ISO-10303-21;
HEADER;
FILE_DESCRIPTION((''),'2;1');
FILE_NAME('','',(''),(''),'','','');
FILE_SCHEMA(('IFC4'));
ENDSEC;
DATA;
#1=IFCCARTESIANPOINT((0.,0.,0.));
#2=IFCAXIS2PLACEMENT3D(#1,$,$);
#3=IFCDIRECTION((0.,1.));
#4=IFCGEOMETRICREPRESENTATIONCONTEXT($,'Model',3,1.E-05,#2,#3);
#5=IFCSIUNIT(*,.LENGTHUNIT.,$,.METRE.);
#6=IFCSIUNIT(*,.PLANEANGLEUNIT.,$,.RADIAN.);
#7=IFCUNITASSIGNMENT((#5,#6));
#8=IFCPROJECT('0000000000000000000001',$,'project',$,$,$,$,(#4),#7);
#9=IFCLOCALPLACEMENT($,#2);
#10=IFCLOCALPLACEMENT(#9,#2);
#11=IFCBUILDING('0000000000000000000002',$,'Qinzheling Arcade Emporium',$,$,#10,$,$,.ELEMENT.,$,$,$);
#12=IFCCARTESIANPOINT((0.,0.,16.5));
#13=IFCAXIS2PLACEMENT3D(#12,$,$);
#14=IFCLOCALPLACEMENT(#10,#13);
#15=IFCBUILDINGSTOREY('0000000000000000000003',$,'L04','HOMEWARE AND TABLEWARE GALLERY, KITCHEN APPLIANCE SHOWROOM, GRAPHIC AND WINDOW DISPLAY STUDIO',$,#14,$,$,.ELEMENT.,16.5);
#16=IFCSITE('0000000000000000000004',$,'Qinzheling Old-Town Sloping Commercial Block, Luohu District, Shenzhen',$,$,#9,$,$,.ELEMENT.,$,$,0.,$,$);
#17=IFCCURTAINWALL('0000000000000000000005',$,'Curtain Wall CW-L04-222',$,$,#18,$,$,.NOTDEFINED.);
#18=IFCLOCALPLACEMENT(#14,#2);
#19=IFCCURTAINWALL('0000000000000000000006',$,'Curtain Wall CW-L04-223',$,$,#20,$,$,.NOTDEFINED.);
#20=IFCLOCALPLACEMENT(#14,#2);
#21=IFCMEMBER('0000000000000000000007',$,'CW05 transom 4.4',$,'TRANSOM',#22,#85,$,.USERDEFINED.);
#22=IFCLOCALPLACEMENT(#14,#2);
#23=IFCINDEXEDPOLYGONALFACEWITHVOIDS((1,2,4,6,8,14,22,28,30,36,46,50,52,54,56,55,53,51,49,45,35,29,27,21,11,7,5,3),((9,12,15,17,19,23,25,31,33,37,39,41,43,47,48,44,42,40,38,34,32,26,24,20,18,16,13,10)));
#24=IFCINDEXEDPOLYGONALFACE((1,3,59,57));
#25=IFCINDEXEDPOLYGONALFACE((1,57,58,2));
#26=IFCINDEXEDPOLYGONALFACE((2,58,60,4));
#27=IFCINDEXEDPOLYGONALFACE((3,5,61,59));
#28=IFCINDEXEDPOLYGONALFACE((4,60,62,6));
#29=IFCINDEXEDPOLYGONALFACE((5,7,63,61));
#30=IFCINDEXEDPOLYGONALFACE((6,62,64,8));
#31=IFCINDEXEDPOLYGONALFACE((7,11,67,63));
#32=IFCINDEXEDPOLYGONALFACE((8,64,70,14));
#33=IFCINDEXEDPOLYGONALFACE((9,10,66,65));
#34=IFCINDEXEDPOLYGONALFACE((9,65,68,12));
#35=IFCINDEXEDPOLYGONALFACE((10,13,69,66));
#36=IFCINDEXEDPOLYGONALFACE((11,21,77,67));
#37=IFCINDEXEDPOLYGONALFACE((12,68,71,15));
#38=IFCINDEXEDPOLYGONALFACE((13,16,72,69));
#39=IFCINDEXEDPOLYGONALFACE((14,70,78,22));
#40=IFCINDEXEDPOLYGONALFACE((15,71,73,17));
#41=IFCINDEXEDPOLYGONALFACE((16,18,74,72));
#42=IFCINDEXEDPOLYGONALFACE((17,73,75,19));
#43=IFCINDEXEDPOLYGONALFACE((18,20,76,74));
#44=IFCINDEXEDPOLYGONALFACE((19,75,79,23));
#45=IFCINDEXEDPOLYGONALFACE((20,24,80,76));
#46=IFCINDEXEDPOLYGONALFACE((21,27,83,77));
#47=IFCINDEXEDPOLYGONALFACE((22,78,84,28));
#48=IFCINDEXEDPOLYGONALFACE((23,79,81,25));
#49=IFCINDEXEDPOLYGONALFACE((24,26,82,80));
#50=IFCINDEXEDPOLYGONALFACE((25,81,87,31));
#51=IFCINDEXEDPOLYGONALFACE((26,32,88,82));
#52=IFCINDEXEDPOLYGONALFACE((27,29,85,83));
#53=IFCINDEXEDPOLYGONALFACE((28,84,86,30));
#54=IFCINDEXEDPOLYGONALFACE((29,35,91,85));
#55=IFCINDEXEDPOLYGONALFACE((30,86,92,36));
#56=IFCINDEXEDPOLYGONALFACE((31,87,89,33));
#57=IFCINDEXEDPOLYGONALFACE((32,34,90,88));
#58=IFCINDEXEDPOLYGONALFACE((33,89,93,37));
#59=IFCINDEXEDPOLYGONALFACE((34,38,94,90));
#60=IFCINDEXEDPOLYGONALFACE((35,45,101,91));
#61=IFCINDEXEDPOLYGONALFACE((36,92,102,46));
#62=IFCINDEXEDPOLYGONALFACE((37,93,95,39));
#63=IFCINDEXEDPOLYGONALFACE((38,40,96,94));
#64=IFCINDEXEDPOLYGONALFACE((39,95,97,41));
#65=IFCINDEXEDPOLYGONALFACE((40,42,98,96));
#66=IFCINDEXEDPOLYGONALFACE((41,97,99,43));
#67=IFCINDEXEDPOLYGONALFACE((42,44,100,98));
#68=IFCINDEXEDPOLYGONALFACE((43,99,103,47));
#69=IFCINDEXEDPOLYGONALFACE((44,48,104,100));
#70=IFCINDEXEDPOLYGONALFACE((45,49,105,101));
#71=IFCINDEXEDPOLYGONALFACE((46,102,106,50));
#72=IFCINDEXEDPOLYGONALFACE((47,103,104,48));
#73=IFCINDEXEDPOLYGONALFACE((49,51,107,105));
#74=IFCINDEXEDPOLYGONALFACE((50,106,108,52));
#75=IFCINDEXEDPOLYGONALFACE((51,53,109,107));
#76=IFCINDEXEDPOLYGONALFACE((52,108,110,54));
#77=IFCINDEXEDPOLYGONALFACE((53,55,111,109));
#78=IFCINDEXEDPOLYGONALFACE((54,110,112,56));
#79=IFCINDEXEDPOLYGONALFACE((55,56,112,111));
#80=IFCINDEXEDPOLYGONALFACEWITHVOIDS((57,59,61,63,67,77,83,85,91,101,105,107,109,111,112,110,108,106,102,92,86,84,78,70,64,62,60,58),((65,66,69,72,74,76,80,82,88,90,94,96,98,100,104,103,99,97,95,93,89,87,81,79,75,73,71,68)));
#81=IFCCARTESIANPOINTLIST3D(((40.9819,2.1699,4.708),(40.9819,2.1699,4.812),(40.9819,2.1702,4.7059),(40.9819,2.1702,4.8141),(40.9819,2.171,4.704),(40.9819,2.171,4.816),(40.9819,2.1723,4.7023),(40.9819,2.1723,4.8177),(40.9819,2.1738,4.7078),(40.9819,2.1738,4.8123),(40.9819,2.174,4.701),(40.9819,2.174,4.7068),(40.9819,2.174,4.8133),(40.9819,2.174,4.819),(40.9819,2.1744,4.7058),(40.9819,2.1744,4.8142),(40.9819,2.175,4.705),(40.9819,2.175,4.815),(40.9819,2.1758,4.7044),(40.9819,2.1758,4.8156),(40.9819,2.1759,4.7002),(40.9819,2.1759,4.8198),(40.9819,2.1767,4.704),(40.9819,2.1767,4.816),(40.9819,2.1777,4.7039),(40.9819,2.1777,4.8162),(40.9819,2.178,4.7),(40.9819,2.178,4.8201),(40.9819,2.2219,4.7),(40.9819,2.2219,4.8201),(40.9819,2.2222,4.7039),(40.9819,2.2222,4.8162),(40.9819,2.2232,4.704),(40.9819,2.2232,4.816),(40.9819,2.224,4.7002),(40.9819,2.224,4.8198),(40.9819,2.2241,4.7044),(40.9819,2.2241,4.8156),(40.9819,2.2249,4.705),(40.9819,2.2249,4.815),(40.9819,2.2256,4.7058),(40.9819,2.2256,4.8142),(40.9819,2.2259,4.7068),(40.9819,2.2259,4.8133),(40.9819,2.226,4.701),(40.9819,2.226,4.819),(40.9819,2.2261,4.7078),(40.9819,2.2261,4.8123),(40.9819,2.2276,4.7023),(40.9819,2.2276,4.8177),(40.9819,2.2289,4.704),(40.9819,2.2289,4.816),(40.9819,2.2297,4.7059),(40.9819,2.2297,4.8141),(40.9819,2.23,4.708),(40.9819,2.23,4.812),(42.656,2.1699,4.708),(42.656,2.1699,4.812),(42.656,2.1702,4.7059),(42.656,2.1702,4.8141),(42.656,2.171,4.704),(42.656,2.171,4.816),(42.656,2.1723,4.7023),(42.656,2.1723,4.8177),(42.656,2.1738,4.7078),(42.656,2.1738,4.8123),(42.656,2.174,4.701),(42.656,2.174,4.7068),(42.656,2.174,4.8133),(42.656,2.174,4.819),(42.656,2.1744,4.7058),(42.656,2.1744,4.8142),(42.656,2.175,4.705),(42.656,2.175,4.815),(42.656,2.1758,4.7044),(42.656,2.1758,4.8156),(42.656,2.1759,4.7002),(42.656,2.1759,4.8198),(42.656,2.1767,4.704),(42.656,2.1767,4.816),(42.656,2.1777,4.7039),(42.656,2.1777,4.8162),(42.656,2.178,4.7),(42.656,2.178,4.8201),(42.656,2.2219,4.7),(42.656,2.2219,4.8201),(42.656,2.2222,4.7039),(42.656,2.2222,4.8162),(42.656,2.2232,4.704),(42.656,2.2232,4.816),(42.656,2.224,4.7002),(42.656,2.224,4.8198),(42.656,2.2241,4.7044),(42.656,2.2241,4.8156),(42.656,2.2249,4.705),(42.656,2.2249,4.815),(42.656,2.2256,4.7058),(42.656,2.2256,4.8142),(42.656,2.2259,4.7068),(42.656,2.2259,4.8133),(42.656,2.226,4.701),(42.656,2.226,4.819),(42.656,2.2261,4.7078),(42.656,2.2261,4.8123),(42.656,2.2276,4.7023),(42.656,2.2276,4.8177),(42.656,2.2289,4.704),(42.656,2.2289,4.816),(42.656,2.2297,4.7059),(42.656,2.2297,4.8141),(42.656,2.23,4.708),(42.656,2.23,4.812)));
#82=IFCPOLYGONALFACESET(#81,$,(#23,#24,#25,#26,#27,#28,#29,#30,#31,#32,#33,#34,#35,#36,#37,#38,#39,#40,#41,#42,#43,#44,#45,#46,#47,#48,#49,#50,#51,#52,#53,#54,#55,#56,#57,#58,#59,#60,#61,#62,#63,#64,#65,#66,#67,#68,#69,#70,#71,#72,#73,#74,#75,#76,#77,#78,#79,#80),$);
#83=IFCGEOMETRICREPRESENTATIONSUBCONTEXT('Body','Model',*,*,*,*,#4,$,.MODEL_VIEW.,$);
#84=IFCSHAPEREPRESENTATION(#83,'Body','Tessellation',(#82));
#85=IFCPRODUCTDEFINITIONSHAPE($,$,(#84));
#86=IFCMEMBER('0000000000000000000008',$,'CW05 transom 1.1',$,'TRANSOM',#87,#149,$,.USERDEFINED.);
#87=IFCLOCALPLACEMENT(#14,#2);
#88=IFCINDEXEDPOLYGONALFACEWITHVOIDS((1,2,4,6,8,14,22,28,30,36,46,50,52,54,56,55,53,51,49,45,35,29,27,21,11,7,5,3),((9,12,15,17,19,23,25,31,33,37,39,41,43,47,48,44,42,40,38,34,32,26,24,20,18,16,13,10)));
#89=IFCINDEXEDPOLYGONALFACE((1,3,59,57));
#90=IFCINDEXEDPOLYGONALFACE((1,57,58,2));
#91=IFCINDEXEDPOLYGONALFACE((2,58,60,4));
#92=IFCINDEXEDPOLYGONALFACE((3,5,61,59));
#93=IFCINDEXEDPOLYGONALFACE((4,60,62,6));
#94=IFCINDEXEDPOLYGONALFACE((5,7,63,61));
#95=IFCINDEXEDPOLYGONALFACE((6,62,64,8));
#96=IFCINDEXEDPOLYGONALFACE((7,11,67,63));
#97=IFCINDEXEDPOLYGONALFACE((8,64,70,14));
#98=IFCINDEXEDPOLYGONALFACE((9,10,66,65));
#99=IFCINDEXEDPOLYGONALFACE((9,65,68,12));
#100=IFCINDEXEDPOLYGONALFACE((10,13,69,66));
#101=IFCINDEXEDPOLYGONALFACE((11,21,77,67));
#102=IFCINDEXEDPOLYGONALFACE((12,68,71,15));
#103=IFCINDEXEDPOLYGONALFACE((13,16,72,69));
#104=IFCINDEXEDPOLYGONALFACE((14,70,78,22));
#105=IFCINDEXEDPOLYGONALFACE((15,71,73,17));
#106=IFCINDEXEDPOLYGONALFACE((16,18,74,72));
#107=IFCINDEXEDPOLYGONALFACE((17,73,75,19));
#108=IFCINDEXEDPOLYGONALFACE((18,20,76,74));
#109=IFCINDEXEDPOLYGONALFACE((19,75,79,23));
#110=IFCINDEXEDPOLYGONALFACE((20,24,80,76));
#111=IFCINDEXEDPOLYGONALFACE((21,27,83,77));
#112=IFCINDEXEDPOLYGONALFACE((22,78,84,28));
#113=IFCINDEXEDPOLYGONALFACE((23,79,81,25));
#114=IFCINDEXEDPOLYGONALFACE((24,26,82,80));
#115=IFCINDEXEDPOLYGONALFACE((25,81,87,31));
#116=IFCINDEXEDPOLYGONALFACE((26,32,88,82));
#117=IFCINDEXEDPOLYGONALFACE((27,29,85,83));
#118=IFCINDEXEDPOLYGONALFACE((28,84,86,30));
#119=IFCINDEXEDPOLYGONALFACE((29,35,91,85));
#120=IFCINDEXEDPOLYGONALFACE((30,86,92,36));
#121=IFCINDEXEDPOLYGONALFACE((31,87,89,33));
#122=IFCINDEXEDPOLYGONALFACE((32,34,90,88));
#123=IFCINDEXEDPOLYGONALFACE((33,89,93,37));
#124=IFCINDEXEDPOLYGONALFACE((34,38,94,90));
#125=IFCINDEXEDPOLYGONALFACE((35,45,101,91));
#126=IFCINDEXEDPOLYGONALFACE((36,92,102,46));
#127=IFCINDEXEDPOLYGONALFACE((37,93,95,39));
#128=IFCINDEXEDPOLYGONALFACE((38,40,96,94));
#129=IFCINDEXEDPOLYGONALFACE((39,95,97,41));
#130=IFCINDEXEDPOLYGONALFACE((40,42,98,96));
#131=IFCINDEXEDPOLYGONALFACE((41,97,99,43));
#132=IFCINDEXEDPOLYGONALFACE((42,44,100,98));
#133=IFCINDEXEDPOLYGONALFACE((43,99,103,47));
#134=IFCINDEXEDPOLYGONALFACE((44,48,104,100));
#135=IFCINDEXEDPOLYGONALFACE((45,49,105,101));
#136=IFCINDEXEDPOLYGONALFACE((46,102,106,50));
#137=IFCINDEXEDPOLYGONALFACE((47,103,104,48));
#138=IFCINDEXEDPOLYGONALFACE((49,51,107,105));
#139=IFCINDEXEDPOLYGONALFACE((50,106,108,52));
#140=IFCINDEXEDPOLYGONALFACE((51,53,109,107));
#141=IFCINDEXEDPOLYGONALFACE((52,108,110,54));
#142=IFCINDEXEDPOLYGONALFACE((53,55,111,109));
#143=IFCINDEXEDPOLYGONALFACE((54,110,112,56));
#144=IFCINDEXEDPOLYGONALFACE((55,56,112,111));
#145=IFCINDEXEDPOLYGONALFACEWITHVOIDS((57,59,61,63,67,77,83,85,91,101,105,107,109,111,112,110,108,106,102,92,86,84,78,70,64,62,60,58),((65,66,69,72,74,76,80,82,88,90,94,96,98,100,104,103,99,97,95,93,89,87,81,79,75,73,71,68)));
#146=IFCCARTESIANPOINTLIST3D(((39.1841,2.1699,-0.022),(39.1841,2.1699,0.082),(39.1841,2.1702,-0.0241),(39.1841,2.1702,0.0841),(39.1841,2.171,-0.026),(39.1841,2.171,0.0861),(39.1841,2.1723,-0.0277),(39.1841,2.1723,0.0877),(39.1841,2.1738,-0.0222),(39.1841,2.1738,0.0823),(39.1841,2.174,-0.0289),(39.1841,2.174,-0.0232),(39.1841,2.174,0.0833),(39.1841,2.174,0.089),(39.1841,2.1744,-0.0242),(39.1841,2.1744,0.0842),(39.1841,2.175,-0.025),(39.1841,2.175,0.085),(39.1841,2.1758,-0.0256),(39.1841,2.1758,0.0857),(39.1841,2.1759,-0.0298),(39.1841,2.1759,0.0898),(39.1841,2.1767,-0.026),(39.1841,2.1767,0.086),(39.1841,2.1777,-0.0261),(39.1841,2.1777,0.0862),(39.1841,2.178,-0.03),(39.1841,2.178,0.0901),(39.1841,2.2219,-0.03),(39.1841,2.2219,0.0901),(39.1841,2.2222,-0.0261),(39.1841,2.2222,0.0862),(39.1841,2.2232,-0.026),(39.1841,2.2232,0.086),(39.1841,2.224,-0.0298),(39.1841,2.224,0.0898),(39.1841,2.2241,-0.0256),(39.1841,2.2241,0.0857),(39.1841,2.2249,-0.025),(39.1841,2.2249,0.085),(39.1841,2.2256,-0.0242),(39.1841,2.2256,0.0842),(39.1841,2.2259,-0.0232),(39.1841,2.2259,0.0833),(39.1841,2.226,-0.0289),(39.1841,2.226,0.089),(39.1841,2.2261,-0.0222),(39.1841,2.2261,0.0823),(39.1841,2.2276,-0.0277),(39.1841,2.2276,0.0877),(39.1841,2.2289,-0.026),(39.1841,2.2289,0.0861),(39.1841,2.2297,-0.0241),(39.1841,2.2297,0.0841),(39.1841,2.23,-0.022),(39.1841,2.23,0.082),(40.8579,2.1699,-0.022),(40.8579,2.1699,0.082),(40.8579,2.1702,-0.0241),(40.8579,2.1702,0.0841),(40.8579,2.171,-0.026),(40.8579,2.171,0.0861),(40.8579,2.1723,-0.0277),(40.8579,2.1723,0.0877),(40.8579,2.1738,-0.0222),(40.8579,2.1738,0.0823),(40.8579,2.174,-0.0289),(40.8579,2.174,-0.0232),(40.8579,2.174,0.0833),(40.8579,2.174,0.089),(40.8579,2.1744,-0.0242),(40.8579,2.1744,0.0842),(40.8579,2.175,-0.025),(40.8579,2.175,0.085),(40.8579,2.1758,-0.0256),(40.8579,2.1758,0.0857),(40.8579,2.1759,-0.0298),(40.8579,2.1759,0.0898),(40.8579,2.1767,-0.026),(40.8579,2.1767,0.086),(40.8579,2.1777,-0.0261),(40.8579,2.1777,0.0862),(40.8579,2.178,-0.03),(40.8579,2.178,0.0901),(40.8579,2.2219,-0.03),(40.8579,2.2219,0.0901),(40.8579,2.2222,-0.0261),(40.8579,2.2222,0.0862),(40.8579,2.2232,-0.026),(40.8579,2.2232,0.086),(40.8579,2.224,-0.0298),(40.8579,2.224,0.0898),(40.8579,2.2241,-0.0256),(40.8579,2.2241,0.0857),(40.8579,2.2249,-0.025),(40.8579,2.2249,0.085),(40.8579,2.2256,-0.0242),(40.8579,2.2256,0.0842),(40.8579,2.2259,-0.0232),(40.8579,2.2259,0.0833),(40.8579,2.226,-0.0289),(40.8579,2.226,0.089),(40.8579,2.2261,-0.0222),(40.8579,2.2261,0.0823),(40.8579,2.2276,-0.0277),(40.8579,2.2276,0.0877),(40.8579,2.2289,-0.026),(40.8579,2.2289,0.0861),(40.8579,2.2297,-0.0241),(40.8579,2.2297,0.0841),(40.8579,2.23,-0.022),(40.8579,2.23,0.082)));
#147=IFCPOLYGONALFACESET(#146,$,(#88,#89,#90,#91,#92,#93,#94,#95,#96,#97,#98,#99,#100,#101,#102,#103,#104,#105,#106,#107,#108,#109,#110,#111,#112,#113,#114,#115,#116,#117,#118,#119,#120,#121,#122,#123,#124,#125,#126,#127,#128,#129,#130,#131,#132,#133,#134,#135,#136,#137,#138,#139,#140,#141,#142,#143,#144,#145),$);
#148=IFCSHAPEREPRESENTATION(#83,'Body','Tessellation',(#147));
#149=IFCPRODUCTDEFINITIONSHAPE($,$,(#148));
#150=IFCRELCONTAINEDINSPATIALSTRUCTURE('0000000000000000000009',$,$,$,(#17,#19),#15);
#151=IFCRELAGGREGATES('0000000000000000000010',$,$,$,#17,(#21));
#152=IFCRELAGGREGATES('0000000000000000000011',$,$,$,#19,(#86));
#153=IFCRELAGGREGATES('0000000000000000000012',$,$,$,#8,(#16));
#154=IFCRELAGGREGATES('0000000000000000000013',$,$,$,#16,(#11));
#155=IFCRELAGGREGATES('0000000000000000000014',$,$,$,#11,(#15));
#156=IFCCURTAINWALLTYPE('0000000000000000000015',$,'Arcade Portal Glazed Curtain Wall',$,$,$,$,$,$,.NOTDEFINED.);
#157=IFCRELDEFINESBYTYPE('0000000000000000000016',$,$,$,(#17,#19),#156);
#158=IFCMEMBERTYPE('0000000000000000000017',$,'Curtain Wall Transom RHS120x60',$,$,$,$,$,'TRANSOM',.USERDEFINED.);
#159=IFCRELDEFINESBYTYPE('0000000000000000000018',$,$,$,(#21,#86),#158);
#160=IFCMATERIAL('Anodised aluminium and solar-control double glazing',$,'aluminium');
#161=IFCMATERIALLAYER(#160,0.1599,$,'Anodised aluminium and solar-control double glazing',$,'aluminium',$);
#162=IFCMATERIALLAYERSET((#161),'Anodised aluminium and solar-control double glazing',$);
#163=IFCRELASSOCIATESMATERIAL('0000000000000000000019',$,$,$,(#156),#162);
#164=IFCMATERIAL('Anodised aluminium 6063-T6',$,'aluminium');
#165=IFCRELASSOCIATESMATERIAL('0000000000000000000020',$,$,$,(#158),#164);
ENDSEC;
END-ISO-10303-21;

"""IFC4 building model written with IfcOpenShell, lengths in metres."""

from ifc_helpers import new_model, si_unit, direction, frame, origin, origin_2d, place, context, subcontext, project, spatial, hollow_rectangle, extrude, material, layer, layer_set, material_profile, profile_set, type_object, element, aggregate, save


model = new_model("IFC4")

# Units and contexts
model_context = context("Model", 3, precision=1e-05, world=origin(), true_north=direction((0.0, 1.0)))
body_context = subcontext(model_context, "Body", "Model", "MODEL_VIEW")
ifc_project = project(units=[si_unit("LENGTHUNIT", "METRE"), si_unit("PLANEANGLEUNIT", "RADIAN")], contexts=[model_context])

# Site, building, storey
site_placement = place(None, origin())
site = spatial("IfcSite", under=ifc_project, at=site_placement, Name="Qinzheling Old-Town Sloping Commercial Block, Luohu District, Shenzhen", CompositionType="ELEMENT", RefElevation=0.0)
building_placement = place(site_placement, origin())
building = spatial("IfcBuilding", under=site, at=building_placement, Name="Qinzheling Arcade Emporium", CompositionType="ELEMENT")
storey_placement = place(building_placement, frame((0.0, 0.0, 16.5)))
storey = spatial("IfcBuildingStorey", under=building, at=storey_placement, Name="L04", Description="HOMEWARE AND TABLEWARE GALLERY, KITCHEN APPLIANCE SHOWROOM, GRAPHIC AND WINDOW DISPLAY STUDIO", CompositionType="ELEMENT", Elevation=16.5)

# Curtain walls
ifc_material_1 = material(Name="Anodised aluminium and solar-control double glazing", Category="aluminium")
ifc_layer_1 = layer(ifc_material_1, 0.1599, Name="Anodised aluminium and solar-control double glazing", Category="aluminium")
ifc_layer_set_1 = layer_set([ifc_layer_1], Name="Anodised aluminium and solar-control double glazing")
curtain_wall_type = type_object("IfcCurtainWallType", Name="Arcade Portal Glazed Curtain Wall", PredefinedType="NOTDEFINED", material=ifc_layer_set_1)
curtain_wall_1_placement = place(storey_placement, origin())
curtain_wall_1 = element("IfcCurtainWall", 1, at=curtain_wall_1_placement, inside=storey, type_object=curtain_wall_type, Name="Curtain Wall CW-L04-222", PredefinedType="NOTDEFINED")
ifc_material_2 = material(Name="Anodised aluminium 6063-T6", Category="aluminium")
curtain_wall_2_placement = place(storey_placement, origin())
curtain_wall_2 = element("IfcCurtainWall", 2, at=curtain_wall_2_placement, inside=storey, type_object=curtain_wall_type, Name="Curtain Wall CW-L04-223", PredefinedType="NOTDEFINED")

# Members
ifc_material_profile_1 = material_profile(ifc_material_2, hollow_rectangle(XDim=0.0601, YDim=0.1201, WallThickness=0.0039, InnerFilletRadius=0.0039, OuterFilletRadius=0.0081, at=origin_2d()), Name="RHS 120x60x4", Category="aluminium")
ifc_profile_set_1 = profile_set([ifc_material_profile_1], Name="Anodised aluminium 6063-T6")
member_type_1 = type_object("IfcMemberType", Name="Curtain Wall Transom RHS120x60", ElementType="TRANSOM", PredefinedType="USERDEFINED", material=ifc_profile_set_1)
member_1_placement = place(storey_placement, frame((42.656, 2.2, 4.76), z_axis=(-1.0, 0.0, 0.0), x_axis=(0.0, -1.0, 0.0)))
member_1 = element("IfcMember", 3, at=member_1_placement, type_object=member_type_1, Name="CW05 transom 4.4", ObjectType="TRANSOM", PredefinedType="USERDEFINED", context=body_context, shape_type="SweptSolid", body=[
    extrude(hollow_rectangle(XDim=0.0601, YDim=0.1201, WallThickness=0.0039, InnerFilletRadius=0.0039, OuterFilletRadius=0.0081, at=origin_2d()), origin(), (0.0, 0.0, 1.0), 1.6741),
])
member_2_placement = place(storey_placement, frame((40.8579, 2.2, 0.03), z_axis=(-1.0, 0.0, 0.0), x_axis=(0.0, -1.0, 0.0)))
member_2 = element("IfcMember", 4, at=member_2_placement, type_object=member_type_1, Name="CW05 transom 1.1", ObjectType="TRANSOM", PredefinedType="USERDEFINED", context=body_context, shape_type="SweptSolid", body=[
    extrude(hollow_rectangle(XDim=0.0601, YDim=0.1201, WallThickness=0.0039, InnerFilletRadius=0.0039, OuterFilletRadius=0.0081, at=origin_2d()), origin(), (0.0, 0.0, 1.0), 1.6738),
])

aggregate(curtain_wall_1, [member_1])
aggregate(curtain_wall_2, [member_2])

save(model, "model.ifc")
